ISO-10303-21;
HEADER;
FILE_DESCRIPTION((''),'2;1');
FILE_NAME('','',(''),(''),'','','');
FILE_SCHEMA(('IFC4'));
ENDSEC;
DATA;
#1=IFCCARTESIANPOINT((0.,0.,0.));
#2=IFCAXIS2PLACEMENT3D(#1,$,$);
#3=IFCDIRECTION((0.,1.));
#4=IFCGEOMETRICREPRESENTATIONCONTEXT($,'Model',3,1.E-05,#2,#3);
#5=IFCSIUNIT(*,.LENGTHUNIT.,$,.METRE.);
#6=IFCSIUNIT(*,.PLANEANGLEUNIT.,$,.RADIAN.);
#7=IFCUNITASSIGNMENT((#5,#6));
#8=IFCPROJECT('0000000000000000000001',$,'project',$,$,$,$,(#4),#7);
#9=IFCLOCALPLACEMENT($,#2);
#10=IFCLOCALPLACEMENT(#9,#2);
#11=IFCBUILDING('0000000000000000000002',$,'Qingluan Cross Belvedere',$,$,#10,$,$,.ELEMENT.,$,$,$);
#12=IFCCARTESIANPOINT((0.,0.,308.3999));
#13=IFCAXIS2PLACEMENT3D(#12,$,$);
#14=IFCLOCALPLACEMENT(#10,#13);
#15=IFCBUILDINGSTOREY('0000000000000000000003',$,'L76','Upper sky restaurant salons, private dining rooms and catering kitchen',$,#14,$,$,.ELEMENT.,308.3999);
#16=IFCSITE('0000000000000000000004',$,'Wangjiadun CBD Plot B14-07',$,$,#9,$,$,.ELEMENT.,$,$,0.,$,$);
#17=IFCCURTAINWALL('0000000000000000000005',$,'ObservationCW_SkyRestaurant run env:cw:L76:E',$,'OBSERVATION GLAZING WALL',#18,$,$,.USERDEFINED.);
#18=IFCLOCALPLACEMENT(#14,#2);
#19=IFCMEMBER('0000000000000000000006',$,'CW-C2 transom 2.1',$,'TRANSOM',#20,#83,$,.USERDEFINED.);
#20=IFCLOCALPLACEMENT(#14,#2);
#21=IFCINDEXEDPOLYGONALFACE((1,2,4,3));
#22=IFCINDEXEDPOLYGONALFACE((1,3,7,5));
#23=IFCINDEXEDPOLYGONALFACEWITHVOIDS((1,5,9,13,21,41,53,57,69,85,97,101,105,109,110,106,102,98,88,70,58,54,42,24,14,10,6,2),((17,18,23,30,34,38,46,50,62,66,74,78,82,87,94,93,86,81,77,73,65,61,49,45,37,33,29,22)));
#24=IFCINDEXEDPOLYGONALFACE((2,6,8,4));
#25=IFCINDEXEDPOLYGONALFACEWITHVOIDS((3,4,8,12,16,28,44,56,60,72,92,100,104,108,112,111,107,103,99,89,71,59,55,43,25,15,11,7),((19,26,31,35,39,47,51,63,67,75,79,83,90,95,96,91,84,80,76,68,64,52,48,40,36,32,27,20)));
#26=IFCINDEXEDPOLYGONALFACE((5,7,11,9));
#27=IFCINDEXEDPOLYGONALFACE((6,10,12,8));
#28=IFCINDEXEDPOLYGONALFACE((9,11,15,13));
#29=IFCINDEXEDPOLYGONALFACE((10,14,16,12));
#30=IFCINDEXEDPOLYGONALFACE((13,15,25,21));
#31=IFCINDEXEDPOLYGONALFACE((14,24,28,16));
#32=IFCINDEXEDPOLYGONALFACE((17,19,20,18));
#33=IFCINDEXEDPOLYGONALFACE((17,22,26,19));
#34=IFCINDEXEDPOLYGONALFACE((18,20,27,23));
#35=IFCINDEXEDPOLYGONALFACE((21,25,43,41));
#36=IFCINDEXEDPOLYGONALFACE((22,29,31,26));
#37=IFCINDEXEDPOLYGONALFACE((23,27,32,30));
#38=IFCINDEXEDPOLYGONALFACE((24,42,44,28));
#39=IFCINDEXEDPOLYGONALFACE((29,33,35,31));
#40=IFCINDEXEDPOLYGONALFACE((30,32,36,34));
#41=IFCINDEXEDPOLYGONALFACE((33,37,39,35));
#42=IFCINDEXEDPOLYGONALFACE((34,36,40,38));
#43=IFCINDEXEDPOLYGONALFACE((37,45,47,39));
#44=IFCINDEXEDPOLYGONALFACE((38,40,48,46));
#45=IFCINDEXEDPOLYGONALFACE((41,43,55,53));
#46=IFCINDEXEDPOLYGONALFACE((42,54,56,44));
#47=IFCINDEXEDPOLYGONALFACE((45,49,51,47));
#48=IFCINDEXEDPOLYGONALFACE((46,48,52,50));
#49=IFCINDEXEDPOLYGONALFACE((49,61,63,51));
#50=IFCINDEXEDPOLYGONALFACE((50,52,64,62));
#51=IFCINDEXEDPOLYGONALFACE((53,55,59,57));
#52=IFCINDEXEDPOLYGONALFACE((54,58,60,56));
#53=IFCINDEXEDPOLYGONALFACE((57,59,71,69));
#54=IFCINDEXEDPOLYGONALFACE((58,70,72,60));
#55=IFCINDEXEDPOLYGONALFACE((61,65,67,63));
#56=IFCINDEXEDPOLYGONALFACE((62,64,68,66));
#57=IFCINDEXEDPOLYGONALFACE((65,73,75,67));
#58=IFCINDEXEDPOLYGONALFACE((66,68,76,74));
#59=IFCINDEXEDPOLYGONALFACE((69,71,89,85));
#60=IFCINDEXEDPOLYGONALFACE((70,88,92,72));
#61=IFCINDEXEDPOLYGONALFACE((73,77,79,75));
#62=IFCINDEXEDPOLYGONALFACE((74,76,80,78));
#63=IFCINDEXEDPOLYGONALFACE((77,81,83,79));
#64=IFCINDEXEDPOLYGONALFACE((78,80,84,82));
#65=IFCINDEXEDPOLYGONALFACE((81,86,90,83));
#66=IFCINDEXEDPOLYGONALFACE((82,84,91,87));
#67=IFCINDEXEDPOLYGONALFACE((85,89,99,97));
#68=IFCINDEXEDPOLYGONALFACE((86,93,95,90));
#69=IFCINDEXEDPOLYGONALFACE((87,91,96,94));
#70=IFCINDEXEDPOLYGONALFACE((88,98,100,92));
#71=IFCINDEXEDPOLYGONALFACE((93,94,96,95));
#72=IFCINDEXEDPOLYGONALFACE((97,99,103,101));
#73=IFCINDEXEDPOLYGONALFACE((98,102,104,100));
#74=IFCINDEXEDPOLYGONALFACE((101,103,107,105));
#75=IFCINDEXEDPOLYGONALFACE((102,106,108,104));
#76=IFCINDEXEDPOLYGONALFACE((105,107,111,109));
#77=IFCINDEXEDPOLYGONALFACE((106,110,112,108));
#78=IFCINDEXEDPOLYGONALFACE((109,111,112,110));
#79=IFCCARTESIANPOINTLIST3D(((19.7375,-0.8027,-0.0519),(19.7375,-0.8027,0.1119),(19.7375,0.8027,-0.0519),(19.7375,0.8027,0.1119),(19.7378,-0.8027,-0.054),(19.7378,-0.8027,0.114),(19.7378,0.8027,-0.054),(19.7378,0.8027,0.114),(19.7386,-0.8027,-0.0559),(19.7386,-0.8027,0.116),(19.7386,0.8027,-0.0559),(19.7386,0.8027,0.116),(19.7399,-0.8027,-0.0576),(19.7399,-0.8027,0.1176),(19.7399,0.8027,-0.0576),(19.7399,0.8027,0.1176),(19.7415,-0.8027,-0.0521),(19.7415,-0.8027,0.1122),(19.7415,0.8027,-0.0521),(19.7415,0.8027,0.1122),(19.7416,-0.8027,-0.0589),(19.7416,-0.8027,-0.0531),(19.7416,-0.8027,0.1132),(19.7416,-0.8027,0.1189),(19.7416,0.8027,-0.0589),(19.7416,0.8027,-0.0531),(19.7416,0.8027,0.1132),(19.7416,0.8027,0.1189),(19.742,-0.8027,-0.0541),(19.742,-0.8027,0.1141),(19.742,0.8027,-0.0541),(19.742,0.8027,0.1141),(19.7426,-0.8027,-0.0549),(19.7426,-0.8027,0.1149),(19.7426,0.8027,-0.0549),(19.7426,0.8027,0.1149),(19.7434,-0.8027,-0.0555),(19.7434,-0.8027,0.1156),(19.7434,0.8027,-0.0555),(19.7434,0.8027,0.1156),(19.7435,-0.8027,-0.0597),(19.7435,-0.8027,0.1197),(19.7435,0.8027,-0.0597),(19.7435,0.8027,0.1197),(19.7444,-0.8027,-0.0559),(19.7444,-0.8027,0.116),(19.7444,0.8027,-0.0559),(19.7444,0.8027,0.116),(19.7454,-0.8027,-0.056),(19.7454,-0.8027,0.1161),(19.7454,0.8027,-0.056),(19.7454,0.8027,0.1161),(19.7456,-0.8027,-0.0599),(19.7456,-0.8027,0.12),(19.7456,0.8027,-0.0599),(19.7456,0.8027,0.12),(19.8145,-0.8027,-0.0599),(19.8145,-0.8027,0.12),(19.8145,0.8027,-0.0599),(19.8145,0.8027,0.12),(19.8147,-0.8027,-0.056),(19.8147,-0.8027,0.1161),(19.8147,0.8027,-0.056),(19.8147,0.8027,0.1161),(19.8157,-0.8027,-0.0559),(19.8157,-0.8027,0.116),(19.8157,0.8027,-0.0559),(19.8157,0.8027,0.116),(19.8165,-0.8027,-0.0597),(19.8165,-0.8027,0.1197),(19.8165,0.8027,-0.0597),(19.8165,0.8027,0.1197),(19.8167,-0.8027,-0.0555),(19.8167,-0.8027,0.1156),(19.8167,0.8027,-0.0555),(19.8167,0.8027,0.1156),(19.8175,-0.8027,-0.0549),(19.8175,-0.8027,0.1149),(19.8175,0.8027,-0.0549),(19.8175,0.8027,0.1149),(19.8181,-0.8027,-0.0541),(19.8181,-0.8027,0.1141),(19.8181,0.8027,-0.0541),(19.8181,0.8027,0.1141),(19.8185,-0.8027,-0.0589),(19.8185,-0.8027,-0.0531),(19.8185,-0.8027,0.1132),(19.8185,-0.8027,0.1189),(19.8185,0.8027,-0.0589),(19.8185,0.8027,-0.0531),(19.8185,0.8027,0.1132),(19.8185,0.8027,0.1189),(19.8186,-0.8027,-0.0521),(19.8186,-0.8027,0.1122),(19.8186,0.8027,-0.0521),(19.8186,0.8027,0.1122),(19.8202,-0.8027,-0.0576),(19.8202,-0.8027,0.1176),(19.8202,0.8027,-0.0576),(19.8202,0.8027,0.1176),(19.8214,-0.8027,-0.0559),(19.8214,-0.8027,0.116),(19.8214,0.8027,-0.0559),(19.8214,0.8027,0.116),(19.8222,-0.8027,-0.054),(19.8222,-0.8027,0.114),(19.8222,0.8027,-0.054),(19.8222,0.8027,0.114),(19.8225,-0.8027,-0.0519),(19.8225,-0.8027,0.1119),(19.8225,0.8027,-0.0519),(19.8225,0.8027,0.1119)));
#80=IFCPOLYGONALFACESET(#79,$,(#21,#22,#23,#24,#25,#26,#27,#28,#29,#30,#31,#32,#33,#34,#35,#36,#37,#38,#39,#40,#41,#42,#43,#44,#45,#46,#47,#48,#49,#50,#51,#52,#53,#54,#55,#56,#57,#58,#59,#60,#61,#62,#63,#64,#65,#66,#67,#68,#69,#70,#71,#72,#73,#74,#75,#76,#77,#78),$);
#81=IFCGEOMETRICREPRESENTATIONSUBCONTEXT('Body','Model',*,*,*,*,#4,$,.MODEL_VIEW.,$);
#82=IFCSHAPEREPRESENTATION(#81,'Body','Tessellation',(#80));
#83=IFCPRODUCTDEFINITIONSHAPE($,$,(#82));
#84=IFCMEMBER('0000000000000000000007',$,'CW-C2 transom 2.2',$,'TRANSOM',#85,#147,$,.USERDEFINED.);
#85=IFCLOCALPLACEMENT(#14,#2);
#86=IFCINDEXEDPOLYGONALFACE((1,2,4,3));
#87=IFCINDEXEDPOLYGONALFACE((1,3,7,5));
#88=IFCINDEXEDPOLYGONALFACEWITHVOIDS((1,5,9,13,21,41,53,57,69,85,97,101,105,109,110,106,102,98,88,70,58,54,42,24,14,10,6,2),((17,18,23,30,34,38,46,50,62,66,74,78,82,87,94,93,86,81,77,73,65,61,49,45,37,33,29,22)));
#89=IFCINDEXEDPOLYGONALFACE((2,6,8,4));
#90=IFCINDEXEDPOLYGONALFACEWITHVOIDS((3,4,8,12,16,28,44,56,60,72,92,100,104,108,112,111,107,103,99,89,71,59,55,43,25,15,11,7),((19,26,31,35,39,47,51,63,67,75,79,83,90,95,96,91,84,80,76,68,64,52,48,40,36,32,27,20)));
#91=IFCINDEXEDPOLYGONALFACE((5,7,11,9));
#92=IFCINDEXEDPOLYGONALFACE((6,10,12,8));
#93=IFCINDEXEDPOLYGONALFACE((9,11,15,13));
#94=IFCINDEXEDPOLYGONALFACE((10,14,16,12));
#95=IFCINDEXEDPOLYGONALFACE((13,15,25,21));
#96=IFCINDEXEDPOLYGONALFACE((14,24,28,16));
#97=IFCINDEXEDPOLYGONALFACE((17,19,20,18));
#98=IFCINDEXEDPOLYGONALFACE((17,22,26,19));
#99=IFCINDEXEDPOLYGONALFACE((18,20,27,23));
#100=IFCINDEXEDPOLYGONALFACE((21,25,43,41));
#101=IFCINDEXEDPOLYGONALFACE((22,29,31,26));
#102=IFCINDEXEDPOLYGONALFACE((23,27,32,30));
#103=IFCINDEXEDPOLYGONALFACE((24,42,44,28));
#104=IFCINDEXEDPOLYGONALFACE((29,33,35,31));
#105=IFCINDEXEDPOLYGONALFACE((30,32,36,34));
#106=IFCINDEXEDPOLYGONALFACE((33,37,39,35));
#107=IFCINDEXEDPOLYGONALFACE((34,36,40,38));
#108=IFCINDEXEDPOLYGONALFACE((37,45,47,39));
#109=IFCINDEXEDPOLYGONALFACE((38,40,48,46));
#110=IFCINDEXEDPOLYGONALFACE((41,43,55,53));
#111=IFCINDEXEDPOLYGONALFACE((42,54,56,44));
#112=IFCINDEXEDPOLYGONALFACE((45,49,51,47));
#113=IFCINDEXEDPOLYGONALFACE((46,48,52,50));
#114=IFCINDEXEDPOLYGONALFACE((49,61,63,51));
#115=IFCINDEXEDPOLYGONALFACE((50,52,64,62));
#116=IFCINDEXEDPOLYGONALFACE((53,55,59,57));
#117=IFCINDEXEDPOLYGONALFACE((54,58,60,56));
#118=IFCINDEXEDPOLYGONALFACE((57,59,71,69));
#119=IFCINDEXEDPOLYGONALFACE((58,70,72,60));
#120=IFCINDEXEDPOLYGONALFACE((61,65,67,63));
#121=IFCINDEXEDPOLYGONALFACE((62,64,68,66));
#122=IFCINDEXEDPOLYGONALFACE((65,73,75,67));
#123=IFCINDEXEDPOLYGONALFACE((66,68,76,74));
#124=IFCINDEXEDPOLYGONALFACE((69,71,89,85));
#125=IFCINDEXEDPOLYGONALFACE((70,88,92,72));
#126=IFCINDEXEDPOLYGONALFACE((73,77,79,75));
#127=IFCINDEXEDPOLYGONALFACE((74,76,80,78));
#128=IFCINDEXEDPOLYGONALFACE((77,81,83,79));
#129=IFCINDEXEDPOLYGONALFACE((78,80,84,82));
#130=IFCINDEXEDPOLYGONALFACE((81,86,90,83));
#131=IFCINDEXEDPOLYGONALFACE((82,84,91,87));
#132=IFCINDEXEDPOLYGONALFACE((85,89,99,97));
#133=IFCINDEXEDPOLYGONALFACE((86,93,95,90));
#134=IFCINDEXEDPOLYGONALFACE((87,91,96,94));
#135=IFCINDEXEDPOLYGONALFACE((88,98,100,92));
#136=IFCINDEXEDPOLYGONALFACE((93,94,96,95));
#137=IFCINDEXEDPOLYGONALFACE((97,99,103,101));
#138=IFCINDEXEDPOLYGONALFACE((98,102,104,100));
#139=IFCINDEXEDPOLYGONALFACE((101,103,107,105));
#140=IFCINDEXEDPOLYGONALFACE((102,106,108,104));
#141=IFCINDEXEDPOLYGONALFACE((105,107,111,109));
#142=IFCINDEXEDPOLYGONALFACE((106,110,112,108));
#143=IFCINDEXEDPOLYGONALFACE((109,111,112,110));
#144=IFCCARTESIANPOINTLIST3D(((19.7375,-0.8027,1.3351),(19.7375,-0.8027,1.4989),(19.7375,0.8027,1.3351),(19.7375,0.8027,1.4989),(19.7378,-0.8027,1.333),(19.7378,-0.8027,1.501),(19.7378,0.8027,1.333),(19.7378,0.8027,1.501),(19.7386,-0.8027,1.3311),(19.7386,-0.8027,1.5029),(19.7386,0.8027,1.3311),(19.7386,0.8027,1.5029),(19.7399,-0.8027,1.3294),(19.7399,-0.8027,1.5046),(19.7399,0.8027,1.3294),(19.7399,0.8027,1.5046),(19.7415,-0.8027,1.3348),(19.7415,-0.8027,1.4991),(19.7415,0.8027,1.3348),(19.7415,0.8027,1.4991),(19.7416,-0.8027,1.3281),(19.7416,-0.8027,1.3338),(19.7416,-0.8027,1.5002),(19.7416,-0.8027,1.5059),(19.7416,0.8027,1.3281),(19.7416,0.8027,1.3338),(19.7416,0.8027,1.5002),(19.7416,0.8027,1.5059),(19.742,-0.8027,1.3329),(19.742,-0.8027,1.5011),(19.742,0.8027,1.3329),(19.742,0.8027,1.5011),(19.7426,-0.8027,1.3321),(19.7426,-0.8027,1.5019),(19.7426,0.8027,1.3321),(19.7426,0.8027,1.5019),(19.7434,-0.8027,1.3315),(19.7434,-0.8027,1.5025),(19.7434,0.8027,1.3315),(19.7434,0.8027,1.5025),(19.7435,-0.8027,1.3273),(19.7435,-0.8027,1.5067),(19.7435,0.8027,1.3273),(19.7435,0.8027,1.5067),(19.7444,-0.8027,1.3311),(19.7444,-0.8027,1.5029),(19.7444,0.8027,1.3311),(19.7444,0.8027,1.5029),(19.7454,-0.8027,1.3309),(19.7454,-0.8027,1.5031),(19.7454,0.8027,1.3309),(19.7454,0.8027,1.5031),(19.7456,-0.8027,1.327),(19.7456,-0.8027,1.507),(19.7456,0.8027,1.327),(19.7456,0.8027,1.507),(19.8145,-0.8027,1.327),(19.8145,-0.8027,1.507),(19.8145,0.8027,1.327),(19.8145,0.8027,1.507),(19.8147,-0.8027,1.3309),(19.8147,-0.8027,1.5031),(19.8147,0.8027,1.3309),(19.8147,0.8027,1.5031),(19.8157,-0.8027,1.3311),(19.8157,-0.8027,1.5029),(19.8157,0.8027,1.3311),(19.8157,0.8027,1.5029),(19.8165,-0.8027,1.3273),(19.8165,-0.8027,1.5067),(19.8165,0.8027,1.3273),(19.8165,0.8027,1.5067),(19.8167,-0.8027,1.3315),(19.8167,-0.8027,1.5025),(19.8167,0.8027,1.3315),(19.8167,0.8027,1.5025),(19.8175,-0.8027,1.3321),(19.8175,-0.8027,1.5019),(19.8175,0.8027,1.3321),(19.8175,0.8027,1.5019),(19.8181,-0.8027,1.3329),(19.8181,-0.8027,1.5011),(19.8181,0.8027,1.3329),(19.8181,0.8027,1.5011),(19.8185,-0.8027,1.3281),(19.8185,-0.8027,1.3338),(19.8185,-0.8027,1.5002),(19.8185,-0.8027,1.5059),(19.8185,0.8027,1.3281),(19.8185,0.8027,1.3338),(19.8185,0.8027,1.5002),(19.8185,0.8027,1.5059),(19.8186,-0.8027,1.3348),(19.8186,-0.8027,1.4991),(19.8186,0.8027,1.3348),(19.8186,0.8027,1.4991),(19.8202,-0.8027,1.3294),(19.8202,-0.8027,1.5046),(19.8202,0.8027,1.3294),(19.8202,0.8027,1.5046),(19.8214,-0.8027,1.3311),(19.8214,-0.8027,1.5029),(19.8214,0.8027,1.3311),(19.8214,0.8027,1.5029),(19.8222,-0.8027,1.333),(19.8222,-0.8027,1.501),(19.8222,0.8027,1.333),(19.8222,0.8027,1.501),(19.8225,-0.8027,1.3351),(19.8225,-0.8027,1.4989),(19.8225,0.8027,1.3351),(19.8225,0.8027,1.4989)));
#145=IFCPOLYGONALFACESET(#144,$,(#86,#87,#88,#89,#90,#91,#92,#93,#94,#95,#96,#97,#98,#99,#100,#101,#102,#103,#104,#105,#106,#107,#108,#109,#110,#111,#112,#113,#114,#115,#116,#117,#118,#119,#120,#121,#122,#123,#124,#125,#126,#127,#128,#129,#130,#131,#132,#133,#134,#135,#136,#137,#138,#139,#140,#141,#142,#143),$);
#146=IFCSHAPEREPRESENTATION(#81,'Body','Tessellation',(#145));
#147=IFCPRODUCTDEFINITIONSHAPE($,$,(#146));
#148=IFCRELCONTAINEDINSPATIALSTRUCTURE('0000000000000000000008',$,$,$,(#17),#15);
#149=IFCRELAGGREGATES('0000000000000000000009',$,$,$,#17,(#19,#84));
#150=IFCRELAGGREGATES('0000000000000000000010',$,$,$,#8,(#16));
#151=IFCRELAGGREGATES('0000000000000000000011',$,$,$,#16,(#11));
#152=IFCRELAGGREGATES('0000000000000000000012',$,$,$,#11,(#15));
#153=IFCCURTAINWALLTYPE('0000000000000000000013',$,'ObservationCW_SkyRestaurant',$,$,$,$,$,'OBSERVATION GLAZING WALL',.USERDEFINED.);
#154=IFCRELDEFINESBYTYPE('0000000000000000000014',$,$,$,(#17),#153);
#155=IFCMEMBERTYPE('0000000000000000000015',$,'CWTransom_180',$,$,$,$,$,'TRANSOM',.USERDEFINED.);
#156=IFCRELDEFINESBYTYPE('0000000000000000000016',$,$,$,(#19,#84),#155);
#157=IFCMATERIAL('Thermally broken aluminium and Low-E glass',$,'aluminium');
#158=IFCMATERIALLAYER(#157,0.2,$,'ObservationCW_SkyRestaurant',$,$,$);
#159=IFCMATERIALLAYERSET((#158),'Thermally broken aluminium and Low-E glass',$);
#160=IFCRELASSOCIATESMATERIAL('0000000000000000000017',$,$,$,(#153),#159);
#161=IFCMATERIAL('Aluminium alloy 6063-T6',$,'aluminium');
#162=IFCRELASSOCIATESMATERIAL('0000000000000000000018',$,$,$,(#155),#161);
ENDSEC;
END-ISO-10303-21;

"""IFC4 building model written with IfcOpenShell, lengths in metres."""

from ifc_helpers import new_model, si_unit, direction, frame, origin, origin_2d, place, context, subcontext, project, spatial, hollow_rectangle, extrude, material, layer, layer_set, material_profile, profile_set, type_object, element, aggregate, save


model = new_model("IFC4")

# Units and contexts
model_context = context("Model", 3, precision=1e-05, world=origin(), true_north=direction((0.0, 1.0)))
body_context = subcontext(model_context, "Body", "Model", "MODEL_VIEW")
ifc_project = project(units=[si_unit("LENGTHUNIT", "METRE"), si_unit("PLANEANGLEUNIT", "RADIAN")], contexts=[model_context])

# Site, building, storey
site_placement = place(None, origin())
site = spatial("IfcSite", under=ifc_project, at=site_placement, Name="Wangjiadun CBD Plot B14-07", CompositionType="ELEMENT", RefElevation=0.0)
building_placement = place(site_placement, origin())
building = spatial("IfcBuilding", under=site, at=building_placement, Name="Qingluan Cross Belvedere", CompositionType="ELEMENT")
storey_placement = place(building_placement, frame((0.0, 0.0, 308.3999)))
storey = spatial("IfcBuildingStorey", under=building, at=storey_placement, Name="L76", Description="Upper sky restaurant salons, private dining rooms and catering kitchen", CompositionType="ELEMENT", Elevation=308.3999)

# Curtain wall, members
ifc_material_1 = material(Name="Thermally broken aluminium and Low-E glass", Category="aluminium")
ifc_layer_1 = layer(ifc_material_1, 0.2, Name="ObservationCW_SkyRestaurant")
ifc_layer_set_1 = layer_set([ifc_layer_1], Name="Thermally broken aluminium and Low-E glass")
curtain_wall_type = type_object("IfcCurtainWallType", Name="ObservationCW_SkyRestaurant", ElementType="OBSERVATION GLAZING WALL", PredefinedType="USERDEFINED", material=ifc_layer_set_1)
curtain_wall_placement = place(storey_placement, origin())
curtain_wall = element("IfcCurtainWall", 1, at=curtain_wall_placement, inside=storey, type_object=curtain_wall_type, Name="ObservationCW_SkyRestaurant run env:cw:L76:E", ObjectType="OBSERVATION GLAZING WALL", PredefinedType="USERDEFINED")
ifc_material_2 = material(Name="Aluminium alloy 6063-T6", Category="aluminium")
ifc_material_profile_1 = material_profile(ifc_material_2, hollow_rectangle(XDim=0.085, YDim=0.1799, WallThickness=0.0039, InnerFilletRadius=0.0039, OuterFilletRadius=0.0081, at=origin_2d()), Name="CWT180x85x4")
ifc_profile_set_1 = profile_set([ifc_material_profile_1], Name="Aluminium alloy 6063-T6")
member_type_1 = type_object("IfcMemberType", Name="CWTransom_180", ElementType="TRANSOM", PredefinedType="USERDEFINED", material=ifc_profile_set_1)
member_1_placement = place(storey_placement, frame((19.78, -0.8027, 0.03), z_axis=(0.0, 1.0, 0.0), x_axis=(-1.0, 0.0, 0.0)))
member_1 = element("IfcMember", 2, at=member_1_placement, type_object=member_type_1, Name="CW-C2 transom 2.1", ObjectType="TRANSOM", PredefinedType="USERDEFINED", context=body_context, shape_type="SweptSolid", body=[
    extrude(hollow_rectangle(XDim=0.085, YDim=0.1799, WallThickness=0.0039, InnerFilletRadius=0.0039, OuterFilletRadius=0.0081, at=origin_2d()), origin(), (0.0, 0.0, 1.0), 1.6055),
])
member_2_placement = place(storey_placement, frame((19.78, -0.8027, 1.417), z_axis=(0.0, 1.0, 0.0), x_axis=(-1.0, 0.0, 0.0)))
member_2 = element("IfcMember", 3, at=member_2_placement, type_object=member_type_1, Name="CW-C2 transom 2.2", ObjectType="TRANSOM", PredefinedType="USERDEFINED", context=body_context, shape_type="SweptSolid", body=[
    extrude(hollow_rectangle(XDim=0.085, YDim=0.1799, WallThickness=0.0039, InnerFilletRadius=0.0039, OuterFilletRadius=0.0081, at=origin_2d()), origin(), (0.0, 0.0, 1.0), 1.6055),
])
aggregate(curtain_wall, [member_1, member_2])

save(model, "model.ifc")
